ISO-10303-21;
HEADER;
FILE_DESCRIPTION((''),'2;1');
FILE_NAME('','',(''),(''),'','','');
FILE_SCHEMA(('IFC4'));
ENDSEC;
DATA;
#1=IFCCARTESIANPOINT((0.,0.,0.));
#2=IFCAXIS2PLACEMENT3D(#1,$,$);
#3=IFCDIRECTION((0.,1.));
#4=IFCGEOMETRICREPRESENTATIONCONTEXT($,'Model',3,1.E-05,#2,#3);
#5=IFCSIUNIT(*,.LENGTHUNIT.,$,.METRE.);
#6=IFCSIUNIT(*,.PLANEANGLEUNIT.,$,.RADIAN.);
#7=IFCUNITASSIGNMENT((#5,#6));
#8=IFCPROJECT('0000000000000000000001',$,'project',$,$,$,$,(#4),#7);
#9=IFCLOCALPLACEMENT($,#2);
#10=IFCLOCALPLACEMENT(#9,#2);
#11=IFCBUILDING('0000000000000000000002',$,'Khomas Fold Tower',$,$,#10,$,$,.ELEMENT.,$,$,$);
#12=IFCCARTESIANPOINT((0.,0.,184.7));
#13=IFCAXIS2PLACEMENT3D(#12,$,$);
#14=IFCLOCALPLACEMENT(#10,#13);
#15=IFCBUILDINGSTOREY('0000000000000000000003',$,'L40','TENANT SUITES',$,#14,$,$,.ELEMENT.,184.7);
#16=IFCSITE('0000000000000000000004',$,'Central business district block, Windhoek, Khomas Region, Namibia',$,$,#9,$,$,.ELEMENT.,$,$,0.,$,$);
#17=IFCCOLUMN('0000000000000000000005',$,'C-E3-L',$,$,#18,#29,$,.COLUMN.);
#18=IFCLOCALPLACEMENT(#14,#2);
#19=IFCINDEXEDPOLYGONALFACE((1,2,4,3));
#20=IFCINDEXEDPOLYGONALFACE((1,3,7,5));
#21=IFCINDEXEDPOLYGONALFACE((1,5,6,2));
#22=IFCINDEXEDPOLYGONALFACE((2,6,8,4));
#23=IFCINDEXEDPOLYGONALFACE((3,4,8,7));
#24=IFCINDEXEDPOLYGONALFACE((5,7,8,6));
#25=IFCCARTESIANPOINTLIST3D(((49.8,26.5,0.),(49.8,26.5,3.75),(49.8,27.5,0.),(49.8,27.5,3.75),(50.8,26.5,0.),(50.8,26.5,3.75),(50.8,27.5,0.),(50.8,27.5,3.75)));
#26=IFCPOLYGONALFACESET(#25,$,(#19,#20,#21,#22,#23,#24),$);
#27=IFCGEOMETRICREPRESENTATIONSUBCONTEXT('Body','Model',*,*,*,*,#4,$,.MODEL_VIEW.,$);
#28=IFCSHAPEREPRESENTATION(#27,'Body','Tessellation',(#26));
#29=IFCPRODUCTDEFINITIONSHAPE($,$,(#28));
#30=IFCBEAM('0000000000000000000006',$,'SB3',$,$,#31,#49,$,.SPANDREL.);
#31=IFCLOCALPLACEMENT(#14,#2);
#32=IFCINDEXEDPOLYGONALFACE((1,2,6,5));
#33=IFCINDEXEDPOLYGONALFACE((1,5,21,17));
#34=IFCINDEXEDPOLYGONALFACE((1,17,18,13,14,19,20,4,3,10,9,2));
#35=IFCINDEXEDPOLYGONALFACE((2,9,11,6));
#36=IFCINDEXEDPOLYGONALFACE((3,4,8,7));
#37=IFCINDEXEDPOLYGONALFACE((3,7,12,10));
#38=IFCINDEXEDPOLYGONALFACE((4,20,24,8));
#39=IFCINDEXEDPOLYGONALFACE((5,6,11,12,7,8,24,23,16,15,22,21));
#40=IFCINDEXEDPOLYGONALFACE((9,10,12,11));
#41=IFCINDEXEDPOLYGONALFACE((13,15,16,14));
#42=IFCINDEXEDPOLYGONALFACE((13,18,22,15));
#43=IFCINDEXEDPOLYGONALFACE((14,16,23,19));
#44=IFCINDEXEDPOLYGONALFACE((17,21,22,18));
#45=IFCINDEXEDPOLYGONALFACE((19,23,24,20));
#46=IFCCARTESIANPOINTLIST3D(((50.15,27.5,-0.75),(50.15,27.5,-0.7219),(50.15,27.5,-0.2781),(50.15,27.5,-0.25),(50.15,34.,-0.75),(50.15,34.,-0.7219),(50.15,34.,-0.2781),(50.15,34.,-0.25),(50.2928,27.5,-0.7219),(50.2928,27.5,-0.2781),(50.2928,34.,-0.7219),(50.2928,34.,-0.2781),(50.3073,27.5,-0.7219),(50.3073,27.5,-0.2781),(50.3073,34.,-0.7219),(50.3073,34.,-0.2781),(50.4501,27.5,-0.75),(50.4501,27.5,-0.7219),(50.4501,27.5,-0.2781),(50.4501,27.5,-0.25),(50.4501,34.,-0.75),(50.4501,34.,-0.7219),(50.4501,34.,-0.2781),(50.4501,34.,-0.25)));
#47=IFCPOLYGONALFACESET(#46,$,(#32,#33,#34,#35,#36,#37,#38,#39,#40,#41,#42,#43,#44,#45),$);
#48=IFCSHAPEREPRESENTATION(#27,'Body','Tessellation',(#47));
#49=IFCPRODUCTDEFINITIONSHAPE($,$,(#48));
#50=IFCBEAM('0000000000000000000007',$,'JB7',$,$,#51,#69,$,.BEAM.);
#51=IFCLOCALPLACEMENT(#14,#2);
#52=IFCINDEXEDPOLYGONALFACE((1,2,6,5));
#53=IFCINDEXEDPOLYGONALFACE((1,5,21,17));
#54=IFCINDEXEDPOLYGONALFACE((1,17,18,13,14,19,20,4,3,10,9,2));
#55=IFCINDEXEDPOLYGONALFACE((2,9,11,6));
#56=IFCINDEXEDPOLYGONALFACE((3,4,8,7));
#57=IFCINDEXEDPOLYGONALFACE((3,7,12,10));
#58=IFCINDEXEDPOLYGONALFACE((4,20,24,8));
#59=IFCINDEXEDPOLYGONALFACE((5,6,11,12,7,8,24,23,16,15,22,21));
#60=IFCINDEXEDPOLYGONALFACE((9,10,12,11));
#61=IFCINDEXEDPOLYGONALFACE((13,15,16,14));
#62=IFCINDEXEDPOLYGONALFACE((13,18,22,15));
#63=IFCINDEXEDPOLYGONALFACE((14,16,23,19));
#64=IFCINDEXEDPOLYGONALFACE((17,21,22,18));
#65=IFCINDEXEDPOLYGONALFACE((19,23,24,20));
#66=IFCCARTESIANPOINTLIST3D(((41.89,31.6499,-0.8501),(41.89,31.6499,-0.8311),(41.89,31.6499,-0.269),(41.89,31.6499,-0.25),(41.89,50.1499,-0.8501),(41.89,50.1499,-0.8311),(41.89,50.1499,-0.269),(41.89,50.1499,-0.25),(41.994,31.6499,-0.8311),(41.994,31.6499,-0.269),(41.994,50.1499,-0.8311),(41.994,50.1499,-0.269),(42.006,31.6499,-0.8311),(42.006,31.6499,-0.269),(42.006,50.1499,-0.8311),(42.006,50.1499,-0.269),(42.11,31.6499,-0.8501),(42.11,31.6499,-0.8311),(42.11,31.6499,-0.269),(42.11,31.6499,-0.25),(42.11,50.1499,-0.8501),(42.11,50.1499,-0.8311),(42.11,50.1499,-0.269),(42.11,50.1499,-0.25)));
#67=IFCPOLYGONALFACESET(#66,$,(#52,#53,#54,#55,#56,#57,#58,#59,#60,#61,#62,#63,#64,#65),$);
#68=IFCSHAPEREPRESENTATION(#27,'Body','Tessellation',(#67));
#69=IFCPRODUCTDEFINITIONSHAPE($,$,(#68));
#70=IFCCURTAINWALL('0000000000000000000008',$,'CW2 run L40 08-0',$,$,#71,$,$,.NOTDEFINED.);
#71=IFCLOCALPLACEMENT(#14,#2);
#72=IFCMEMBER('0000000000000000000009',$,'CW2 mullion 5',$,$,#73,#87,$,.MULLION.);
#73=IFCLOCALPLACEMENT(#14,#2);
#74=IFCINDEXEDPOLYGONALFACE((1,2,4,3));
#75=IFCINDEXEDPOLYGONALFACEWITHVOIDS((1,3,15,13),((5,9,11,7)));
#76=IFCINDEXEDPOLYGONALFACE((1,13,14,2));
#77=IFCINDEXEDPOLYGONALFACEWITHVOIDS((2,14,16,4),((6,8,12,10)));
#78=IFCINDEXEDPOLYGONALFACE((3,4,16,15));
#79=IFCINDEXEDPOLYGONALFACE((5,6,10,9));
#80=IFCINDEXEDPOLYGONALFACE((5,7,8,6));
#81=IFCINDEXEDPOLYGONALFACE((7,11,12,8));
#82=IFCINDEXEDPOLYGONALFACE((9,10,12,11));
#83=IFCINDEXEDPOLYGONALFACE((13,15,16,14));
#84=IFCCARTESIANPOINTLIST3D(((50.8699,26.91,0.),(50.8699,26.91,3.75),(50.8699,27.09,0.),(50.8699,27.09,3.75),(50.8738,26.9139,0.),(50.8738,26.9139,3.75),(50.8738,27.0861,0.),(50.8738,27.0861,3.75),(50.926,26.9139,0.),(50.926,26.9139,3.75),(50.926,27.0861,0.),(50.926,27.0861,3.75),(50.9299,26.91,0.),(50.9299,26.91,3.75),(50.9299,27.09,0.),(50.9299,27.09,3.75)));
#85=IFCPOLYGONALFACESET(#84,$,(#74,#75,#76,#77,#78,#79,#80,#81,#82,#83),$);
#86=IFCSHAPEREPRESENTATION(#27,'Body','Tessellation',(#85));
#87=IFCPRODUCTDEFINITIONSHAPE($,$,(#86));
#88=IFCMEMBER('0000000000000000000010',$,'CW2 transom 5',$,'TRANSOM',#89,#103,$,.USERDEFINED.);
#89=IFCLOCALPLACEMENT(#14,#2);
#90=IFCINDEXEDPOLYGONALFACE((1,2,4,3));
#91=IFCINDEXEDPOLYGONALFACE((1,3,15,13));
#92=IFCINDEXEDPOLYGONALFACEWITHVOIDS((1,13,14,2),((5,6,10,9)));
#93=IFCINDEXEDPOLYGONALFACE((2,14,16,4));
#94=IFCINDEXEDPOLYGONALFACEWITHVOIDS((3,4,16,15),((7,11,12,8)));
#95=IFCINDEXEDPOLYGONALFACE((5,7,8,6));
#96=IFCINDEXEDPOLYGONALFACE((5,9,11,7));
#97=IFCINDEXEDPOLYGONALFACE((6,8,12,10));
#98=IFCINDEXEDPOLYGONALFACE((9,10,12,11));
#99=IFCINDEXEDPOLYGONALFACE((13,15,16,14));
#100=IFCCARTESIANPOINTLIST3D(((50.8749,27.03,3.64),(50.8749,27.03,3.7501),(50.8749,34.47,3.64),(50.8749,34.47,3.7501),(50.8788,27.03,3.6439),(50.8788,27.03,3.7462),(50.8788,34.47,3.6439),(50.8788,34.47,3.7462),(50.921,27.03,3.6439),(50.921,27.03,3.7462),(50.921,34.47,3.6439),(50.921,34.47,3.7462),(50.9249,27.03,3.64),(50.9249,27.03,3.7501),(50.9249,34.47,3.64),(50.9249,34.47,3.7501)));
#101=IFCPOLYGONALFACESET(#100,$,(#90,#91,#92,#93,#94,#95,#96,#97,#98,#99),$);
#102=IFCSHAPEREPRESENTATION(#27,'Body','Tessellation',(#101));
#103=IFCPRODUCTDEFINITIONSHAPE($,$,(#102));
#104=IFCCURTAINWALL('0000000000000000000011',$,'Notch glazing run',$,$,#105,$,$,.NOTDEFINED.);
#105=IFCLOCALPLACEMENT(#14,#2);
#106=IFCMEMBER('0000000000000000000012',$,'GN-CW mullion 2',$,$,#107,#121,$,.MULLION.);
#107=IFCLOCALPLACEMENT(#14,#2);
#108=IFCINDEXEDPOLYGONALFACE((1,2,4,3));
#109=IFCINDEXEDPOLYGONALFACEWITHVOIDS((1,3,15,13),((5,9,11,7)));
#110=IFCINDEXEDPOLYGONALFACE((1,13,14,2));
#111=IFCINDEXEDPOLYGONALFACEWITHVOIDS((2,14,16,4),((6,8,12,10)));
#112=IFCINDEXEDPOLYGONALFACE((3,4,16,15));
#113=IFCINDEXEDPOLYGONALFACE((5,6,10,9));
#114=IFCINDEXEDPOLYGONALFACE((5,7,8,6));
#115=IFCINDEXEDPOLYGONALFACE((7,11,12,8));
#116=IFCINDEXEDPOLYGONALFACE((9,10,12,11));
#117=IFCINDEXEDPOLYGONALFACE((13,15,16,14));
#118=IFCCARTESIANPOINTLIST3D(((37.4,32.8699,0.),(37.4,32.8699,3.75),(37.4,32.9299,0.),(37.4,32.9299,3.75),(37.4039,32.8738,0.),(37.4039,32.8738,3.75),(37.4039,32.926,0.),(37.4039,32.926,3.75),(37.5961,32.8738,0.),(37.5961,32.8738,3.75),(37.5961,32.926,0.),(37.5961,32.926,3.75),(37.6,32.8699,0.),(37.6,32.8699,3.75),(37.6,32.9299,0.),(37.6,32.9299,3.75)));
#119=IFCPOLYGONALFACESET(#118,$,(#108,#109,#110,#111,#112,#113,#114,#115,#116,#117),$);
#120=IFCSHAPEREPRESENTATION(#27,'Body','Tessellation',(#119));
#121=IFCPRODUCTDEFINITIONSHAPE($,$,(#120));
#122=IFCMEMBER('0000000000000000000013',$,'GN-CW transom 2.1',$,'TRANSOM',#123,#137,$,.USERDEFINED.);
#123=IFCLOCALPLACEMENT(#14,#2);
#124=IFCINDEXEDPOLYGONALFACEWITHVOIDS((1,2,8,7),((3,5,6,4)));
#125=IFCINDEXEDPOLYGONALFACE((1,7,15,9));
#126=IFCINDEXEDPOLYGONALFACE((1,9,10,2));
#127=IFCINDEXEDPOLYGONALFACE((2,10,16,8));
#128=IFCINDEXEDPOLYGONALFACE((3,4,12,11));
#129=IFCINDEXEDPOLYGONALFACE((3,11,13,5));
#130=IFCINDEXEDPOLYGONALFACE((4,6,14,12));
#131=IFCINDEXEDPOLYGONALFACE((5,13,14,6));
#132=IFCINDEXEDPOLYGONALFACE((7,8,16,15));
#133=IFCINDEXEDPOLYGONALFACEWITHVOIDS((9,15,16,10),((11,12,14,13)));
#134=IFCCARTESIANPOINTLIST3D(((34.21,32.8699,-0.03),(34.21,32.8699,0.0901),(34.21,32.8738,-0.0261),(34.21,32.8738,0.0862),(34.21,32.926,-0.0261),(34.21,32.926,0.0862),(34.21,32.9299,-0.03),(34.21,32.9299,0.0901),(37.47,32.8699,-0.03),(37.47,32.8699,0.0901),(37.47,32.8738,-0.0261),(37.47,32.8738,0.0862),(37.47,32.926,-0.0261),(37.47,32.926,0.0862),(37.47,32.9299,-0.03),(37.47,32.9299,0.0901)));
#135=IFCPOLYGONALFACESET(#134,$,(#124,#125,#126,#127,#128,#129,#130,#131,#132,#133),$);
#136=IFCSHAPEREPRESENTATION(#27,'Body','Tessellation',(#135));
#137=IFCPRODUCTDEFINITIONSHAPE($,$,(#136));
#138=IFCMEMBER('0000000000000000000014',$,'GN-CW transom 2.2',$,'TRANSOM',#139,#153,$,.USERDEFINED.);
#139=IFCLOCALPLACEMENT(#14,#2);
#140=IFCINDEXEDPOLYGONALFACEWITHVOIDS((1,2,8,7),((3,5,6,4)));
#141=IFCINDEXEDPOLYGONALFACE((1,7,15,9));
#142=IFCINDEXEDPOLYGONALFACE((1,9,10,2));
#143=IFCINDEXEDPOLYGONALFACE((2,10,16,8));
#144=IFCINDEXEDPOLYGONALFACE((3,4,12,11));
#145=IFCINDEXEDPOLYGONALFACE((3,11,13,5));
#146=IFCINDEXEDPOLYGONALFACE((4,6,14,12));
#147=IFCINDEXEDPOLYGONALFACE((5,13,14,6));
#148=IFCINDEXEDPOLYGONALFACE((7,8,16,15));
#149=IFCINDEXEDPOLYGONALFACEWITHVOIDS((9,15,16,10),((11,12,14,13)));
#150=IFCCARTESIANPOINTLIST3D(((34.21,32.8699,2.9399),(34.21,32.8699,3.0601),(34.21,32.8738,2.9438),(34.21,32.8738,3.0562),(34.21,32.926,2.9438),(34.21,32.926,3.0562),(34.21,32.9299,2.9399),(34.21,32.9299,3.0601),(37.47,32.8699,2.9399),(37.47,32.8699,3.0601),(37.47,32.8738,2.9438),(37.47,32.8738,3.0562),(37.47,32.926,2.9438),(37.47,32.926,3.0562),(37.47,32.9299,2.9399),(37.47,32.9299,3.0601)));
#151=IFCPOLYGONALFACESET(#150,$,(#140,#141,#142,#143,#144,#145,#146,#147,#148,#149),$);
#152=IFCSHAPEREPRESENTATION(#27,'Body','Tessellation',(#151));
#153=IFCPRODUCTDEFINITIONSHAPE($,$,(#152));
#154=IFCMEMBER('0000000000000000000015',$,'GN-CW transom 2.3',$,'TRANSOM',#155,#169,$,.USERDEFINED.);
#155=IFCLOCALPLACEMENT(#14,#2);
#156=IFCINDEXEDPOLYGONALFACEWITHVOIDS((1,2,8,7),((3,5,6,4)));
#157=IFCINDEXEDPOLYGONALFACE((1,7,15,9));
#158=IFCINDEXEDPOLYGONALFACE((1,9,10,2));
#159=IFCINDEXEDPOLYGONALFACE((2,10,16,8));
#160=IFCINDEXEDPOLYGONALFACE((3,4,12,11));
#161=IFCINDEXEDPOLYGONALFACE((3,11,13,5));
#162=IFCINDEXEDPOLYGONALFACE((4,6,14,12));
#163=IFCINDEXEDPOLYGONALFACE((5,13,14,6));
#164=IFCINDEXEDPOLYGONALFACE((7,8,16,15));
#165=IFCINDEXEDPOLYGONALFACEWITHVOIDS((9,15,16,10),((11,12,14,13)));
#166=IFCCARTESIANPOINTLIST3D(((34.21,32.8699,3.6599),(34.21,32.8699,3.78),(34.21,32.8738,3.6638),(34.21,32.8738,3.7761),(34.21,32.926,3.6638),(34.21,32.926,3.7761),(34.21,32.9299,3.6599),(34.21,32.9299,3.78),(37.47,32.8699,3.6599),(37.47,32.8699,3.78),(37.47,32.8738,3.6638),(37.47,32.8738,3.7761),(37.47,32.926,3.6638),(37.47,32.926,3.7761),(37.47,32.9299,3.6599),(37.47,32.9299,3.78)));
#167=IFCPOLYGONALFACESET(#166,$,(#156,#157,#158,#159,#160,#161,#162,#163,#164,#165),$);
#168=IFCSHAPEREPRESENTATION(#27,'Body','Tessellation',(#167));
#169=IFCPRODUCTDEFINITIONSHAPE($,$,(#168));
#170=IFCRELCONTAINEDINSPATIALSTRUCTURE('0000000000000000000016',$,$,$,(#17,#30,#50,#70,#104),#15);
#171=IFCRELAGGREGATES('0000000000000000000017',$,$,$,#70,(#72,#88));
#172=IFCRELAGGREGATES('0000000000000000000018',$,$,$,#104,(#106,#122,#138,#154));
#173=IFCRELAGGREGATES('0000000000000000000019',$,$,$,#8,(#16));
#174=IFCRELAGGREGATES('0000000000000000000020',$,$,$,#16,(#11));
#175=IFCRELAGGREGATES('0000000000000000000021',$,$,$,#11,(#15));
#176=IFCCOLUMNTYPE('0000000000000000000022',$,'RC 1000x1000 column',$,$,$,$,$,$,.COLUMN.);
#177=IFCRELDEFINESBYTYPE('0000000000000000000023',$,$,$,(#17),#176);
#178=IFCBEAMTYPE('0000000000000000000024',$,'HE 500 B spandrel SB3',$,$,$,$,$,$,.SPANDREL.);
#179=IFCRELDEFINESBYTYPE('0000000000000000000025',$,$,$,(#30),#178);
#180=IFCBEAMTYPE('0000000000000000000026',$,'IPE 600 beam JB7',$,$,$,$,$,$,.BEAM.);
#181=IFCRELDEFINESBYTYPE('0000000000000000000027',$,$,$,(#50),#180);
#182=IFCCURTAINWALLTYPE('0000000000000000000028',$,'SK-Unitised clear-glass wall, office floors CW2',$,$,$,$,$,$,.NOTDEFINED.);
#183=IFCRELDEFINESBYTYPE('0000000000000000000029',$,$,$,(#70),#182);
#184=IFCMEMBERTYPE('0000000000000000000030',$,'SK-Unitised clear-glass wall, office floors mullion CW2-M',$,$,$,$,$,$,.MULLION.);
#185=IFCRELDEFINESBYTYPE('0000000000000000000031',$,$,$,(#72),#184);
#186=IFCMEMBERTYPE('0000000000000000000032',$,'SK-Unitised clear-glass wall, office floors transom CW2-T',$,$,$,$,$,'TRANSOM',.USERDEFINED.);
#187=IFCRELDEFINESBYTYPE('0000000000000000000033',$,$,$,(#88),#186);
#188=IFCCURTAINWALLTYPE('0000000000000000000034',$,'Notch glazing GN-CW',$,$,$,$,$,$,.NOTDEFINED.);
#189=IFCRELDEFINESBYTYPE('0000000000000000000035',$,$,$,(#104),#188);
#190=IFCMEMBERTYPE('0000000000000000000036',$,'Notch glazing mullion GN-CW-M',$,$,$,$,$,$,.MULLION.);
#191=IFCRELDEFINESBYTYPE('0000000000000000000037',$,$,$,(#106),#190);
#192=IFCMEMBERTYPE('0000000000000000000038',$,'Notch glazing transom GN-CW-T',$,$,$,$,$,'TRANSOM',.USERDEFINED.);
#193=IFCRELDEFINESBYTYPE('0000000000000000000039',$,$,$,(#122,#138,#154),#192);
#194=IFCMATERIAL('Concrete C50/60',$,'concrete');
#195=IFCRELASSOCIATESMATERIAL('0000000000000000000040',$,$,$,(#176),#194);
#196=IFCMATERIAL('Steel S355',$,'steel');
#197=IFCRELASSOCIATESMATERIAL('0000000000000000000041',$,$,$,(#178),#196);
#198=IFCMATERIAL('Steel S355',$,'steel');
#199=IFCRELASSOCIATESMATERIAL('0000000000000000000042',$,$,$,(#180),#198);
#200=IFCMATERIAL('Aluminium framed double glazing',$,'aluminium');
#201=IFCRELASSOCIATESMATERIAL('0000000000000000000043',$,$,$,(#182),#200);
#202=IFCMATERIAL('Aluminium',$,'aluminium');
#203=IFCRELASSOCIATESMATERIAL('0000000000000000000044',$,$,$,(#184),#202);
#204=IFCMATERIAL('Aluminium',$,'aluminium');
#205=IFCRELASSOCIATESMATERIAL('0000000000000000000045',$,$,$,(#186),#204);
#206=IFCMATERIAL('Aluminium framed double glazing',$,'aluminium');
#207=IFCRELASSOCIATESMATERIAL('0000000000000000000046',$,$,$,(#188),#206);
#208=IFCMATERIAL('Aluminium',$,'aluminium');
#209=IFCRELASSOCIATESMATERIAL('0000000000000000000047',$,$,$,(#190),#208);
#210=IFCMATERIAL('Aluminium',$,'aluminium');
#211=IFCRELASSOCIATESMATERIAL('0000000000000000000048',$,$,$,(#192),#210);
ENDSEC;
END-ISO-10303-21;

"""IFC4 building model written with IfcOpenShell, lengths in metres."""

from ifc_helpers import new_model, si_unit, direction, frame, origin, origin_2d, place, context, subcontext, project, spatial, rectangle, hollow_rectangle, i_section, extrude, source, transform, mapped, material, material_profile, profile_set, type_object, element, aggregate, save


model = new_model("IFC4")

# Units and contexts
model_context = context("Model", 3, precision=1e-05, world=origin(), true_north=direction((0.0, 1.0)))
body_context = subcontext(model_context, "Body", "Model", "MODEL_VIEW")
ifc_project = project(units=[si_unit("LENGTHUNIT", "METRE"), si_unit("PLANEANGLEUNIT", "RADIAN")], contexts=[model_context])

# Site, building, storey
site_placement = place(None, origin())
site = spatial("IfcSite", under=ifc_project, at=site_placement, Name="Central business district block, Windhoek, Khomas Region, Namibia", CompositionType="ELEMENT", RefElevation=0.0)
building_placement = place(site_placement, origin())
building = spatial("IfcBuilding", under=site, at=building_placement, Name="Khomas Fold Tower", CompositionType="ELEMENT")
storey_placement = place(building_placement, frame((0.0, 0.0, 184.7)))
storey = spatial("IfcBuildingStorey", under=building, at=storey_placement, Name="L40", Description="TENANT SUITES", CompositionType="ELEMENT", Elevation=184.7)

# Column
ifc_material_1 = material(Name="Concrete C50/60", Category="concrete")
ifc_material_profile_1 = material_profile(ifc_material_1, rectangle(XDim=1.0, YDim=1.0, at=origin_2d()), Name="RC 1000x1000")
ifc_profile_set_1 = profile_set([ifc_material_profile_1], Name="Concrete C50/60")
column_type = type_object("IfcColumnType", Name="RC 1000x1000 column", PredefinedType="COLUMN", material=ifc_profile_set_1)
shared_shape_1 = source(origin(), body_context, "Body", "SweptSolid", [
    extrude(rectangle(XDim=1.0, YDim=1.0, at=origin_2d()), origin(), (0.0, 0.0, 1.0), 3.75),
])
column_placement = place(storey_placement, frame((50.3, 27.0, 0.0), z_axis=(0.0, 0.0, 1.0), x_axis=(1.0, 0.0, 0.0)))
element("IfcColumn", 1, at=column_placement, inside=storey, type_object=column_type, Name="C-E3-L", PredefinedType="COLUMN", context=body_context, shape_type="MappedRepresentation", body=[
    mapped(shared_shape_1, transform((0.0, 0.0, 0.0))),
])

# Beams
ifc_material_2 = material(Name="Steel S355", Category="steel")
ifc_material_profile_2 = material_profile(ifc_material_2, i_section(OverallWidth=0.3, OverallDepth=0.5, WebThickness=0.0144, FlangeThickness=0.0281, at=origin_2d()), Name="HE 500 B")
ifc_profile_set_2 = profile_set([ifc_material_profile_2], Name="Steel S355")
beam_type_1 = type_object("IfcBeamType", Name="HE 500 B spandrel SB3", PredefinedType="SPANDREL", material=ifc_profile_set_2)
shared_shape_2 = source(origin(), body_context, "Body", "SweptSolid", [
    extrude(i_section(OverallWidth=0.3, OverallDepth=0.5, WebThickness=0.0144, FlangeThickness=0.0281, at=origin_2d()), origin(), (0.0, 0.0, 1.0), 6.5),
])
beam_1_placement = place(storey_placement, frame((50.3, 27.5, -0.5), z_axis=(0.0, 1.0, 0.0), x_axis=(-1.0, 0.0, 0.0)))
element("IfcBeam", 2, at=beam_1_placement, inside=storey, type_object=beam_type_1, Name="SB3", PredefinedType="SPANDREL", context=body_context, shape_type="MappedRepresentation", body=[
    mapped(shared_shape_2, transform((0.0, 0.0, 0.0))),
])
ifc_material_3 = material(Name="Steel S355", Category="steel")
ifc_material_profile_3 = material_profile(ifc_material_3, i_section(OverallWidth=0.22, OverallDepth=0.6001, WebThickness=0.012, FlangeThickness=0.019, at=origin_2d()), Name="IPE 600")
ifc_profile_set_3 = profile_set([ifc_material_profile_3], Name="Steel S355")
beam_type_2 = type_object("IfcBeamType", Name="IPE 600 beam JB7", PredefinedType="BEAM", material=ifc_profile_set_3)
shared_shape_3 = source(origin(), body_context, "Body", "SweptSolid", [
    extrude(i_section(OverallWidth=0.22, OverallDepth=0.6001, WebThickness=0.012, FlangeThickness=0.019, at=origin_2d()), origin(), (0.0, 0.0, 1.0), 18.5),
])
beam_2_placement = place(storey_placement, frame((42.0, 31.6499, -0.55), z_axis=(0.0, 1.0, 0.0), x_axis=(-1.0, 0.0, 0.0)))
element("IfcBeam", 3, at=beam_2_placement, inside=storey, type_object=beam_type_2, Name="JB7", PredefinedType="BEAM", context=body_context, shape_type="MappedRepresentation", body=[
    mapped(shared_shape_3, transform((0.0, 0.0, 0.0))),
])

# Curtain walls, members
ifc_material_4 = material(Name="Aluminium framed double glazing", Category="aluminium")
curtain_wall_type_1 = type_object("IfcCurtainWallType", Name="SK-Unitised clear-glass wall, office floors CW2", PredefinedType="NOTDEFINED", material=ifc_material_4)
curtain_wall_1_placement = place(storey_placement, origin())
curtain_wall_1 = element("IfcCurtainWall", 4, at=curtain_wall_1_placement, inside=storey, type_object=curtain_wall_type_1, Name="CW2 run L40 08-0", PredefinedType="NOTDEFINED")
ifc_material_5 = material(Name="Aluminium", Category="aluminium")
ifc_material_profile_4 = material_profile(ifc_material_5, hollow_rectangle(XDim=0.0601, YDim=0.1799, WallThickness=0.0039, at=origin_2d()), Name="SK-Unitised clear-glass wall, office floors mullion CW2-M")
ifc_profile_set_4 = profile_set([ifc_material_profile_4], Name="Aluminium")
member_type_1 = type_object("IfcMemberType", Name="SK-Unitised clear-glass wall, office floors mullion CW2-M", PredefinedType="MULLION", material=ifc_profile_set_4)
shared_shape_4 = source(origin(), body_context, "Body", "SweptSolid", [
    extrude(hollow_rectangle(XDim=0.0601, YDim=0.1799, WallThickness=0.0039, at=origin_2d()), origin(), (0.0, 0.0, 1.0), 3.75),
])
member_1_placement = place(storey_placement, frame((50.8999, 27.0, 0.0), z_axis=(0.0, 0.0, 1.0), x_axis=(-1.0, 0.0, 0.0)))
member_1 = element("IfcMember", 5, at=member_1_placement, type_object=member_type_1, Name="CW2 mullion 5", PredefinedType="MULLION", context=body_context, shape_type="MappedRepresentation", body=[
    mapped(shared_shape_4, transform((0.0, 0.0, 0.0))),
])
ifc_material_6 = material(Name="Aluminium", Category="aluminium")
ifc_material_profile_5 = material_profile(ifc_material_6, hollow_rectangle(XDim=0.05, YDim=0.1101, WallThickness=0.0039, at=origin_2d()), Name="SK-Unitised clear-glass wall, office floors transom CW2-T")
ifc_profile_set_5 = profile_set([ifc_material_profile_5], Name="Aluminium")
member_type_2 = type_object("IfcMemberType", Name="SK-Unitised clear-glass wall, office floors transom CW2-T", ElementType="TRANSOM", PredefinedType="USERDEFINED", material=ifc_profile_set_5)
shared_shape_5 = source(origin(), body_context, "Body", "SweptSolid", [
    extrude(hollow_rectangle(XDim=0.05, YDim=0.1101, WallThickness=0.0039, at=origin_2d()), origin(), (0.0, 0.0, 1.0), 7.4399),
])
member_2_placement = place(storey_placement, frame((50.8999, 27.03, 3.6951), z_axis=(0.0, 1.0, 0.0), x_axis=(-1.0, 0.0, 0.0)))
member_2 = element("IfcMember", 6, at=member_2_placement, type_object=member_type_2, Name="CW2 transom 5", ObjectType="TRANSOM", PredefinedType="USERDEFINED", context=body_context, shape_type="MappedRepresentation", body=[
    mapped(shared_shape_5, transform((0.0, 0.0, 0.0))),
])
ifc_material_7 = material(Name="Aluminium framed double glazing", Category="aluminium")
curtain_wall_type_2 = type_object("IfcCurtainWallType", Name="Notch glazing GN-CW", PredefinedType="NOTDEFINED", material=ifc_material_7)
curtain_wall_2_placement = place(storey_placement, origin())
curtain_wall_2 = element("IfcCurtainWall", 7, at=curtain_wall_2_placement, inside=storey, type_object=curtain_wall_type_2, Name="Notch glazing run", PredefinedType="NOTDEFINED")
ifc_material_8 = material(Name="Aluminium", Category="aluminium")
ifc_material_profile_6 = material_profile(ifc_material_8, hollow_rectangle(XDim=0.0601, YDim=0.2, WallThickness=0.0039, at=origin_2d()), Name="Notch glazing mullion GN-CW-M")
ifc_profile_set_6 = profile_set([ifc_material_profile_6], Name="Aluminium")
member_type_3 = type_object("IfcMemberType", Name="Notch glazing mullion GN-CW-M", PredefinedType="MULLION", material=ifc_profile_set_6)
shared_shape_6 = source(origin(), body_context, "Body", "SweptSolid", [
    extrude(hollow_rectangle(XDim=0.0601, YDim=0.2, WallThickness=0.0039, at=origin_2d()), origin(), (0.0, 0.0, 1.0), 3.75),
])
member_3_placement = place(storey_placement, frame((37.5, 32.8999, 0.0), z_axis=(0.0, 0.0, 1.0), x_axis=(0.0, -1.0, 0.0)))
member_3 = element("IfcMember", 8, at=member_3_placement, type_object=member_type_3, Name="GN-CW mullion 2", PredefinedType="MULLION", context=body_context, shape_type="MappedRepresentation", body=[
    mapped(shared_shape_6, transform((0.0, 0.0, 0.0))),
])
ifc_material_9 = material(Name="Aluminium", Category="aluminium")
ifc_material_profile_7 = material_profile(ifc_material_9, hollow_rectangle(XDim=0.0601, YDim=0.1201, WallThickness=0.0039, at=origin_2d()), Name="Notch glazing transom GN-CW-T")
ifc_profile_set_7 = profile_set([ifc_material_profile_7], Name="Aluminium")
member_type_4 = type_object("IfcMemberType", Name="Notch glazing transom GN-CW-T", ElementType="TRANSOM", PredefinedType="USERDEFINED", material=ifc_profile_set_7)
shared_shape_7 = source(origin(), body_context, "Body", "SweptSolid", [
    extrude(hollow_rectangle(XDim=0.0601, YDim=0.1201, WallThickness=0.0039, at=origin_2d()), origin(), (0.0, 0.0, 1.0), 3.26),
])
member_4_placement = place(storey_placement, frame((37.47, 32.8999, 0.03), z_axis=(-1.0, 0.0, 0.0), x_axis=(0.0, -1.0, 0.0)))
member_4 = element("IfcMember", 9, at=member_4_placement, type_object=member_type_4, Name="GN-CW transom 2.1", ObjectType="TRANSOM", PredefinedType="USERDEFINED", context=body_context, shape_type="MappedRepresentation", body=[
    mapped(shared_shape_7, transform((0.0, 0.0, 0.0))),
])
member_5_placement = place(storey_placement, frame((37.47, 32.8999, 3.0), z_axis=(-1.0, 0.0, 0.0), x_axis=(0.0, -1.0, 0.0)))
member_5 = element("IfcMember", 10, at=member_5_placement, type_object=member_type_4, Name="GN-CW transom 2.2", ObjectType="TRANSOM", PredefinedType="USERDEFINED", context=body_context, shape_type="MappedRepresentation", body=[
    mapped(shared_shape_7, transform((0.0, 0.0, 0.0))),
])
member_6_placement = place(storey_placement, frame((37.47, 32.8999, 3.72), z_axis=(-1.0, 0.0, 0.0), x_axis=(0.0, -1.0, 0.0)))
member_6 = element("IfcMember", 11, at=member_6_placement, type_object=member_type_4, Name="GN-CW transom 2.3", ObjectType="TRANSOM", PredefinedType="USERDEFINED", context=body_context, shape_type="MappedRepresentation", body=[
    mapped(shared_shape_7, transform((0.0, 0.0, 0.0))),
])

aggregate(curtain_wall_1, [member_1, member_2])
aggregate(curtain_wall_2, [member_3, member_4, member_5, member_6])

save(model, "model.ifc")
